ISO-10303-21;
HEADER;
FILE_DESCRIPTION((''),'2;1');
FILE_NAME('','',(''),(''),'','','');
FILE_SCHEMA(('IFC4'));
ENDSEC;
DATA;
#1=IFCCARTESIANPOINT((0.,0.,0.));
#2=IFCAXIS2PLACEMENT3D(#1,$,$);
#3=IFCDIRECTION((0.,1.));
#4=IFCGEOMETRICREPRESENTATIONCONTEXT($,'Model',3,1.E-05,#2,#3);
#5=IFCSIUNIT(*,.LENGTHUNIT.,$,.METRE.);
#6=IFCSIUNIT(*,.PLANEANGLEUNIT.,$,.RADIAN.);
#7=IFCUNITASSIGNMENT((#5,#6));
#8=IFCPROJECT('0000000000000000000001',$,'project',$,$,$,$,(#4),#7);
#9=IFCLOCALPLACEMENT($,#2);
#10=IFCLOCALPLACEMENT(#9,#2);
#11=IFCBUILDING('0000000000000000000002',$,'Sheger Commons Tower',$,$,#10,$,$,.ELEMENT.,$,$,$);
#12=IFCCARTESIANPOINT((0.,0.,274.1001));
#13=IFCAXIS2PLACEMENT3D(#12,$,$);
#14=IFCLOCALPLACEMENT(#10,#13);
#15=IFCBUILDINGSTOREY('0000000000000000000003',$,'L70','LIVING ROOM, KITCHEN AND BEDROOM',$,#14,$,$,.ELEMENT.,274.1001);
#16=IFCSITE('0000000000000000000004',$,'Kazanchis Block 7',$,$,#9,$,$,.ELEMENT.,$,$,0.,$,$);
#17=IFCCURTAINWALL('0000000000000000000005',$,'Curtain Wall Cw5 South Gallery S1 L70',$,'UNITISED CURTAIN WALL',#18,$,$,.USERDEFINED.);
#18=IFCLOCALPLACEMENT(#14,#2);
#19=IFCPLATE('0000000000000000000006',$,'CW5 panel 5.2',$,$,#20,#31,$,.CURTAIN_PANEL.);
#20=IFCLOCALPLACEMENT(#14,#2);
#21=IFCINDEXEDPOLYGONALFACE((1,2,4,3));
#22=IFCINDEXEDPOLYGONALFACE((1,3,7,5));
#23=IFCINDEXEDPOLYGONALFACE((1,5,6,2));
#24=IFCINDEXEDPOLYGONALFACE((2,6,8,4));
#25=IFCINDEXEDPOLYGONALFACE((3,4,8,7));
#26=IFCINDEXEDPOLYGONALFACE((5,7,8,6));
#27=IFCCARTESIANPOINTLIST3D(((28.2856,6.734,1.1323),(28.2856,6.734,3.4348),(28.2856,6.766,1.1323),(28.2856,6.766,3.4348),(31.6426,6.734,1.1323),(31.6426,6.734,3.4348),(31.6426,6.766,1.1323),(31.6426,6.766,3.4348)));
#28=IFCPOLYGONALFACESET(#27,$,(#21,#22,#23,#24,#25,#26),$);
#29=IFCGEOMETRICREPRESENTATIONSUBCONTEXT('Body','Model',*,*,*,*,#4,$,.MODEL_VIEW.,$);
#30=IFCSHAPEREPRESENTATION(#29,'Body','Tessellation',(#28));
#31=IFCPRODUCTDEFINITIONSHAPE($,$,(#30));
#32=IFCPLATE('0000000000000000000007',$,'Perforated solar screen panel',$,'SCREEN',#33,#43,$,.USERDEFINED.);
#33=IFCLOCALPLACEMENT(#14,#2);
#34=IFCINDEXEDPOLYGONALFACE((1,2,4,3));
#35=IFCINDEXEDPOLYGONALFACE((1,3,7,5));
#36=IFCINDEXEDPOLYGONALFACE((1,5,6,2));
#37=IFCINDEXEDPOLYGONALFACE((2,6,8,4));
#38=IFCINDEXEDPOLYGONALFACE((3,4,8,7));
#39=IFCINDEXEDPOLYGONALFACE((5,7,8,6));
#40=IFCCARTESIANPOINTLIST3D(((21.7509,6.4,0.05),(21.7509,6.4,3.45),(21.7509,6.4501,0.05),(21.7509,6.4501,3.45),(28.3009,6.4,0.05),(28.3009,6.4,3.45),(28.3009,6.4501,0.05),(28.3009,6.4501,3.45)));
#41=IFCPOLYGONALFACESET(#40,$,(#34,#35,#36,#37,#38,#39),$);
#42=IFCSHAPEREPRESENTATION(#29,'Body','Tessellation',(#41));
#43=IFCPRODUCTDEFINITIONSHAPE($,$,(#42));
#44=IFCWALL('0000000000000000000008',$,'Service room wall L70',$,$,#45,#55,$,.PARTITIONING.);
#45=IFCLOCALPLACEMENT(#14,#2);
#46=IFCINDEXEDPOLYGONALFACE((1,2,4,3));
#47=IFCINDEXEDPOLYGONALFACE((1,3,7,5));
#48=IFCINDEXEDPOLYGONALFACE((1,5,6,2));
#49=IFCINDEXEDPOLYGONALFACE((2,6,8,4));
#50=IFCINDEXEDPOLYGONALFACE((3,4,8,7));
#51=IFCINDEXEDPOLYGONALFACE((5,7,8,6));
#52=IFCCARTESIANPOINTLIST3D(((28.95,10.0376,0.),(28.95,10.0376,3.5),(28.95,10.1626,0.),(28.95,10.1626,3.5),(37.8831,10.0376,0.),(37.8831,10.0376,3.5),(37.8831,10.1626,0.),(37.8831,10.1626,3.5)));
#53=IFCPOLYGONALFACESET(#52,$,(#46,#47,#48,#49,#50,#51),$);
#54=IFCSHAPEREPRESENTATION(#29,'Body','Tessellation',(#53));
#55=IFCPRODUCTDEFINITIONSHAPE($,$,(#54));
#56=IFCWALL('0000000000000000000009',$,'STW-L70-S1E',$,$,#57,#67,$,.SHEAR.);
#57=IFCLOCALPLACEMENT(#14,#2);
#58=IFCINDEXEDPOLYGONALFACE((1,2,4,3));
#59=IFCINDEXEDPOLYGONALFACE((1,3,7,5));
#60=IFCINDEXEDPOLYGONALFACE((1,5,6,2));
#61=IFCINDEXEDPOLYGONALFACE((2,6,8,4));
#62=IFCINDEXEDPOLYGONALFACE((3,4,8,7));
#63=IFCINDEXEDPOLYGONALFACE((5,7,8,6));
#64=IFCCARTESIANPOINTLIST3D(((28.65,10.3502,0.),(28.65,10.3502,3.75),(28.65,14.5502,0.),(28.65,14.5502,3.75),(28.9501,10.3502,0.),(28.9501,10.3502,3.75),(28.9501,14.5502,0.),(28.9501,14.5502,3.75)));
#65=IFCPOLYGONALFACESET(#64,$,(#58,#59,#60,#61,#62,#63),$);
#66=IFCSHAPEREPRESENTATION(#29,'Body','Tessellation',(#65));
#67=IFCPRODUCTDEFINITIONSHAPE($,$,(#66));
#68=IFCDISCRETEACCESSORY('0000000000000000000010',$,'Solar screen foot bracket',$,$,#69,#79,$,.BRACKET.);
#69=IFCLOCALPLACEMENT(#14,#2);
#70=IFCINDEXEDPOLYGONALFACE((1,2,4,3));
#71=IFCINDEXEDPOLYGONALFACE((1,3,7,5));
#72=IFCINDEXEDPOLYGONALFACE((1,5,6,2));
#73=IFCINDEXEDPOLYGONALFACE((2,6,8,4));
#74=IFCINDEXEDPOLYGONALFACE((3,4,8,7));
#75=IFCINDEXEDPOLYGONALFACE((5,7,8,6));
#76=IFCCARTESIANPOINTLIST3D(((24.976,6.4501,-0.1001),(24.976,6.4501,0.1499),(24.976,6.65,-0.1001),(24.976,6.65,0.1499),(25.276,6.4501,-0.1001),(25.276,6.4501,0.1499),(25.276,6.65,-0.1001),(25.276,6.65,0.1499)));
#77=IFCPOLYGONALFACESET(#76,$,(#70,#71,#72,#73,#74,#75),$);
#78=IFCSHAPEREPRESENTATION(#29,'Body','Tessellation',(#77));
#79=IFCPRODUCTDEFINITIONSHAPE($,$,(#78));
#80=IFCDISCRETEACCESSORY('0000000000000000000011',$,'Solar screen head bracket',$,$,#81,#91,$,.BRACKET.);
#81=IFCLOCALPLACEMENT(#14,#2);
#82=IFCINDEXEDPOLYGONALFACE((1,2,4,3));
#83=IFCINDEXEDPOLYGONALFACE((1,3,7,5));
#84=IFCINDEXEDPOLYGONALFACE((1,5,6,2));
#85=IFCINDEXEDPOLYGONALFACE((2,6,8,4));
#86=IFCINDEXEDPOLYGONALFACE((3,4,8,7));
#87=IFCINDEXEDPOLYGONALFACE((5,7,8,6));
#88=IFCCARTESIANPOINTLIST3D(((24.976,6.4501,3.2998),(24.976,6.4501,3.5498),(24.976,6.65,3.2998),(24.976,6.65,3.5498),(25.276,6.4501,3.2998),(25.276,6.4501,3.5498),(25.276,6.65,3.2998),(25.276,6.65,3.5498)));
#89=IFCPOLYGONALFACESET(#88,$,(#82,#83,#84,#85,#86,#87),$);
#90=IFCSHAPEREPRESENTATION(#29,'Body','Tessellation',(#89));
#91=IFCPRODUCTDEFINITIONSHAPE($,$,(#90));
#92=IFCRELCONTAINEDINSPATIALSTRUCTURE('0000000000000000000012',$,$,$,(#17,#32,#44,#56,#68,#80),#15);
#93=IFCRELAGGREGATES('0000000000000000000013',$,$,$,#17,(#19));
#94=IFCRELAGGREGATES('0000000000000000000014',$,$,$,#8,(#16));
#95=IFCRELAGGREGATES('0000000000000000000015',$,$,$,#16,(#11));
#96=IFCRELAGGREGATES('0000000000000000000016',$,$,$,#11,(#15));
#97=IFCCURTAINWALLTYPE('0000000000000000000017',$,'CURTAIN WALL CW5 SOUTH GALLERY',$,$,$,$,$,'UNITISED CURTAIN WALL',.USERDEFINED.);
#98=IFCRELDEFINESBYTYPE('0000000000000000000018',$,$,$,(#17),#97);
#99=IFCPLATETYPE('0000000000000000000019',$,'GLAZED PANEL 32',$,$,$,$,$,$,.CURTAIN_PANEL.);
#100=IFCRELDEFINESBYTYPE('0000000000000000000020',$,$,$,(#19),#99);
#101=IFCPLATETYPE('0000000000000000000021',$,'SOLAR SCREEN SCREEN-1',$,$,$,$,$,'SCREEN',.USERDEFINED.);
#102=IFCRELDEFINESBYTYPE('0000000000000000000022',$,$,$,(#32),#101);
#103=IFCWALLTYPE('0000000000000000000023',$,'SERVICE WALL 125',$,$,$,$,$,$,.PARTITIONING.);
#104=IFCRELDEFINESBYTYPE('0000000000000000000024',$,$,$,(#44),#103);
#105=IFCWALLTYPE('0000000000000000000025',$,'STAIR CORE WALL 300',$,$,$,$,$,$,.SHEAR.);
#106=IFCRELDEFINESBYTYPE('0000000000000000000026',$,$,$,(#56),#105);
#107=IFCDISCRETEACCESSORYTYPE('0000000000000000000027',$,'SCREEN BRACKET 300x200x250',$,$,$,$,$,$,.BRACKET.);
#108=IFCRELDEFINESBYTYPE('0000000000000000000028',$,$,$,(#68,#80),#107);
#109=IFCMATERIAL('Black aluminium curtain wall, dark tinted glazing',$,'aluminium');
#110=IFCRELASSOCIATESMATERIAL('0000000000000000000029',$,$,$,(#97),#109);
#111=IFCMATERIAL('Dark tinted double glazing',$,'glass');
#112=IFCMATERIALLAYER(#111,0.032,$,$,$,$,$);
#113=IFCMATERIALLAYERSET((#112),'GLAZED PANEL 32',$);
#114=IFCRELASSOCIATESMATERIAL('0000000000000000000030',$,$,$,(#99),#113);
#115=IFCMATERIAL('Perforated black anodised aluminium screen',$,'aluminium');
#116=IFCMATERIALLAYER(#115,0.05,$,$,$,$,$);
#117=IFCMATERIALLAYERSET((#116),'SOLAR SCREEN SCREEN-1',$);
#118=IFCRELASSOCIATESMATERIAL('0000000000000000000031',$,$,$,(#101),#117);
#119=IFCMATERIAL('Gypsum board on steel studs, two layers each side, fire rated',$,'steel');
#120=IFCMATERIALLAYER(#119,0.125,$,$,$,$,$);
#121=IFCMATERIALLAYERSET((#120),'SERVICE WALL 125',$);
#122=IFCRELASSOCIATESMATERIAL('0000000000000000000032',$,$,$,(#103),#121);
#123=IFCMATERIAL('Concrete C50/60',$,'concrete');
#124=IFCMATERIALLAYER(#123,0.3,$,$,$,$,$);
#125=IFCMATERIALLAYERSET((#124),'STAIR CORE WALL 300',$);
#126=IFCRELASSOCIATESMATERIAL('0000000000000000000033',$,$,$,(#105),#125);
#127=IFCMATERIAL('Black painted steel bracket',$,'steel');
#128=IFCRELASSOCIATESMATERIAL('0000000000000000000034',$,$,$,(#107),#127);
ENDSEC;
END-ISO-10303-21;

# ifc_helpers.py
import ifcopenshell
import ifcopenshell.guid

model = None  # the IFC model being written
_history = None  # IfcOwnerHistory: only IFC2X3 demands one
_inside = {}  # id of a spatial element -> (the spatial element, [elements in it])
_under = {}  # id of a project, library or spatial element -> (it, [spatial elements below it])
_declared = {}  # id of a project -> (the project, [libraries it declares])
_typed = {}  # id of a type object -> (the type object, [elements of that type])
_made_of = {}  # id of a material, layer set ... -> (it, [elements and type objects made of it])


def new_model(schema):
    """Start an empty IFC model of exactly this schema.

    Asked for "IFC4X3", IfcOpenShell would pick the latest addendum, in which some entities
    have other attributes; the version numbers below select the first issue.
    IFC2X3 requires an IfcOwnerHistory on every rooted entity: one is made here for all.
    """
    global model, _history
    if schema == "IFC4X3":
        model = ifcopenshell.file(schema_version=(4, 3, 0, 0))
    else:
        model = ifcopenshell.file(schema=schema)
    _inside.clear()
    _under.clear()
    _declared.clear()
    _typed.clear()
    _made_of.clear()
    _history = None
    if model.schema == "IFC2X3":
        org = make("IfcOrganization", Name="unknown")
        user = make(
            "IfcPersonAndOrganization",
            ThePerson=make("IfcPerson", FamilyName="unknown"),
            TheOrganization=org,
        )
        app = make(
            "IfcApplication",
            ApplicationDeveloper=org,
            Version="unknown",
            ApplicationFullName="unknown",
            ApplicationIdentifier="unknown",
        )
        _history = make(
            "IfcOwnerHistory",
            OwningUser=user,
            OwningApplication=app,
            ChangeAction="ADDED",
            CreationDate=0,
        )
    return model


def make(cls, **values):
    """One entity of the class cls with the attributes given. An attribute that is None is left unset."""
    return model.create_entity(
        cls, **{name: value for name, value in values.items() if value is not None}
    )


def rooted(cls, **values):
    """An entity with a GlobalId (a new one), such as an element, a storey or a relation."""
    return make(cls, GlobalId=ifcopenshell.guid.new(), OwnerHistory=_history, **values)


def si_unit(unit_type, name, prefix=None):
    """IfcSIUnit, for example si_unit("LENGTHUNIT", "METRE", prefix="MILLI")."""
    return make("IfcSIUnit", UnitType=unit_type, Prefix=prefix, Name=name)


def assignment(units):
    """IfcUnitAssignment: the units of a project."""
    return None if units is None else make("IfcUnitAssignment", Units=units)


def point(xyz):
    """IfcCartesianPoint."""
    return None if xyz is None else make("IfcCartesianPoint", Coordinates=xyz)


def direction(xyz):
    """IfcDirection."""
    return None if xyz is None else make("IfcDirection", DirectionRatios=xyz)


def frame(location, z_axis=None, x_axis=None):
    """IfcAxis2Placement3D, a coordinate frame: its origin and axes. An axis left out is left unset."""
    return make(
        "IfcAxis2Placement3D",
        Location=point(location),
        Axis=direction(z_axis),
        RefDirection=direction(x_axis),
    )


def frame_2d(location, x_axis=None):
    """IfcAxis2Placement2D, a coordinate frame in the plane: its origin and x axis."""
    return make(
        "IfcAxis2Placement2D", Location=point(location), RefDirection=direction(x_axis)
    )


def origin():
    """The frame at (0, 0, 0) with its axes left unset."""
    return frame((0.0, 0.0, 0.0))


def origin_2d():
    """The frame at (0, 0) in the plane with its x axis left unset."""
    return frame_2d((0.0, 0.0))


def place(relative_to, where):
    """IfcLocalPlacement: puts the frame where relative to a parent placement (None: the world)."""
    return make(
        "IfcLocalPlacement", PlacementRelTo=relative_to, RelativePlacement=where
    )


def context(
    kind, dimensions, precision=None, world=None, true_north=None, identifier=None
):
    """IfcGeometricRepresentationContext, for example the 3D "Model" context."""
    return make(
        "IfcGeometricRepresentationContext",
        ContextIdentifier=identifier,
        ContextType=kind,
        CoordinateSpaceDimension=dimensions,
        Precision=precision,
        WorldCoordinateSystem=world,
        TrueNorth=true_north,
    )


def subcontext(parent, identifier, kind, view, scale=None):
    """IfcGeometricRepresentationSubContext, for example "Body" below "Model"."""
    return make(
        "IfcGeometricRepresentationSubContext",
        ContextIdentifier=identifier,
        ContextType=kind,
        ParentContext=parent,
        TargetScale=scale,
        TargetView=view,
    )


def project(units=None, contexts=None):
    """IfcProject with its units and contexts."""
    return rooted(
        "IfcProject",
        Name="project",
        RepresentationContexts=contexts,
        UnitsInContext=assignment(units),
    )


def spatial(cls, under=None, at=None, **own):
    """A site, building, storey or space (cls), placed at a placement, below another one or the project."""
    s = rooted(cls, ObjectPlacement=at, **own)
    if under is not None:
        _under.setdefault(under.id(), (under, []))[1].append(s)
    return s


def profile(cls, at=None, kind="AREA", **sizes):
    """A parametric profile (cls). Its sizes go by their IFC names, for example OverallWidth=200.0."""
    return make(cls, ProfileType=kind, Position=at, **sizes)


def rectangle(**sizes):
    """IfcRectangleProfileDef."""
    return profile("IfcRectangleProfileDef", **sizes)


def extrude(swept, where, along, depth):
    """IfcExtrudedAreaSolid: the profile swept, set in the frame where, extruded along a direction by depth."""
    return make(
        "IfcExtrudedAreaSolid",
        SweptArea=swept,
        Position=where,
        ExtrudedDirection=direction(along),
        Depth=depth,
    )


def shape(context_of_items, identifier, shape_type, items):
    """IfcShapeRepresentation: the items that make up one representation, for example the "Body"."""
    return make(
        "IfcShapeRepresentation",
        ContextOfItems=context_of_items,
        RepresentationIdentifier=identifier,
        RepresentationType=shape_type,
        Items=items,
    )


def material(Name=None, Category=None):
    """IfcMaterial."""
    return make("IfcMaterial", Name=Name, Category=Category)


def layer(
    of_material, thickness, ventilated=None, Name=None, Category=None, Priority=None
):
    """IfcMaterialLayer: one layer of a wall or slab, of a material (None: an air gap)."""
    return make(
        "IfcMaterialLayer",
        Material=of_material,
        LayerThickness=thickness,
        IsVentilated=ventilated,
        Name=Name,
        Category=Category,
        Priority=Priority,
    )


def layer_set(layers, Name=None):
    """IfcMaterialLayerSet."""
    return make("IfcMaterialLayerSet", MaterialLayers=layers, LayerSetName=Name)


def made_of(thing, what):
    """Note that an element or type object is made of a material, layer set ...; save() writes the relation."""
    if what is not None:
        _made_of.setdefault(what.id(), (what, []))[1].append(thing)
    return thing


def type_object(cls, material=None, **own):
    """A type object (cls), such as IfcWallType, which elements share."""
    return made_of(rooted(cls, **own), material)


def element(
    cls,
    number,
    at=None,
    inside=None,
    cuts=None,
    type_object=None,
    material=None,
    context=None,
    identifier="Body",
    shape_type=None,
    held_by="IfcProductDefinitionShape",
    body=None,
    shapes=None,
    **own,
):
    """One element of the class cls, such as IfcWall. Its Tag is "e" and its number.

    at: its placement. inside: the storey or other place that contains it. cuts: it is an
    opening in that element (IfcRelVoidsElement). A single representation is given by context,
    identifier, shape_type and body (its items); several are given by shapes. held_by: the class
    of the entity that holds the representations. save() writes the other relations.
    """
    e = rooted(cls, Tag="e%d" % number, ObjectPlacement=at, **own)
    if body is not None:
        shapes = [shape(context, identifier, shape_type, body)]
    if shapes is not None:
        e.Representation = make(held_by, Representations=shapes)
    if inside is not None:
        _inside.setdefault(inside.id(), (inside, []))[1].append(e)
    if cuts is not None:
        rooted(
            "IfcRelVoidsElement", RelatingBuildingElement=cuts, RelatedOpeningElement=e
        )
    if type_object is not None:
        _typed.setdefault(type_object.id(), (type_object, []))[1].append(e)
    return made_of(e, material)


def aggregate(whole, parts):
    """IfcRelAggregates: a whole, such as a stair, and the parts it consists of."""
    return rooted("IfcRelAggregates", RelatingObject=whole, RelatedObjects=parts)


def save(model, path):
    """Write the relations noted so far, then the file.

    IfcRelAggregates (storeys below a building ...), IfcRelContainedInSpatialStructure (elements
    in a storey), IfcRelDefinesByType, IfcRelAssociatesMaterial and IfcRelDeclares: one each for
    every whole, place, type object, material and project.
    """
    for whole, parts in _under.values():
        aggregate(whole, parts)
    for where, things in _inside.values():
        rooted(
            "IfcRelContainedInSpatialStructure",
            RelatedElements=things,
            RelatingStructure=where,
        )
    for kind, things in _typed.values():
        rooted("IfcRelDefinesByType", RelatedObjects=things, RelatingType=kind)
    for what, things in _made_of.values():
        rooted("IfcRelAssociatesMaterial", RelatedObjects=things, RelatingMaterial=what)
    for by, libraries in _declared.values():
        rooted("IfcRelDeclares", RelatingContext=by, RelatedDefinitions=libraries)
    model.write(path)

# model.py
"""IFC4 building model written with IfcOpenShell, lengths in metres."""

from ifc_helpers import new_model, si_unit, direction, frame, frame_2d, origin, origin_2d, place, context, subcontext, project, spatial, rectangle, extrude, material, layer, layer_set, type_object, element, aggregate, save


model = new_model("IFC4")

# Units and contexts
model_context = context("Model", 3, precision=1e-05, world=origin(), true_north=direction((0.0, 1.0)))
body_context = subcontext(model_context, "Body", "Model", "MODEL_VIEW")
ifc_project = project(units=[si_unit("LENGTHUNIT", "METRE"), si_unit("PLANEANGLEUNIT", "RADIAN")], contexts=[model_context])

# Site, building, storey
site_placement = place(None, origin())
site = spatial("IfcSite", under=ifc_project, at=site_placement, Name="Kazanchis Block 7", CompositionType="ELEMENT", RefElevation=0.0)
building_placement = place(site_placement, origin())
building = spatial("IfcBuilding", under=site, at=building_placement, Name="Sheger Commons Tower", CompositionType="ELEMENT")
storey_placement = place(building_placement, frame((0.0, 0.0, 274.1001)))
storey = spatial("IfcBuildingStorey", under=building, at=storey_placement, Name="L70", Description="LIVING ROOM, KITCHEN AND BEDROOM", CompositionType="ELEMENT", Elevation=274.1001)

# Curtain wall
ifc_material_1 = material(Name="Black aluminium curtain wall, dark tinted glazing", Category="aluminium")
curtain_wall_type = type_object("IfcCurtainWallType", Name="CURTAIN WALL CW5 SOUTH GALLERY", ElementType="UNITISED CURTAIN WALL", PredefinedType="USERDEFINED", material=ifc_material_1)
curtain_wall_placement = place(storey_placement, origin())
curtain_wall = element("IfcCurtainWall", 1, at=curtain_wall_placement, inside=storey, type_object=curtain_wall_type, Name="Curtain Wall Cw5 South Gallery S1 L70", ObjectType="UNITISED CURTAIN WALL", PredefinedType="USERDEFINED")

# Plates
ifc_material_2 = material(Name="Dark tinted double glazing", Category="glass")
ifc_layer_1 = layer(ifc_material_2, 0.032)
ifc_layer_set_1 = layer_set([ifc_layer_1], Name="GLAZED PANEL 32")
plate_type_1 = type_object("IfcPlateType", Name="GLAZED PANEL 32", PredefinedType="CURTAIN_PANEL", material=ifc_layer_set_1)
plate_1_placement = place(storey_placement, frame((29.9641, 6.75, 1.1323), z_axis=(0.0, 0.0, 1.0), x_axis=(1.0, 0.0, 0.0)))
plate_1 = element("IfcPlate", 2, at=plate_1_placement, type_object=plate_type_1, Name="CW5 panel 5.2", PredefinedType="CURTAIN_PANEL", context=body_context, shape_type="SweptSolid", body=[
    extrude(rectangle(XDim=3.3569, YDim=0.032, at=origin_2d()), origin(), (0.0, 0.0, 1.0), 2.3025),
])
aggregate(curtain_wall, [plate_1])
ifc_material_3 = material(Name="Perforated black anodised aluminium screen", Category="aluminium")
ifc_layer_2 = layer(ifc_material_3, 0.05)
ifc_layer_set_2 = layer_set([ifc_layer_2], Name="SOLAR SCREEN SCREEN-1")
plate_type_2 = type_object("IfcPlateType", Name="SOLAR SCREEN SCREEN-1", ElementType="SCREEN", PredefinedType="USERDEFINED", material=ifc_layer_set_2)
plate_2_placement = place(storey_placement, frame((25.0259, 6.425, 0.05), z_axis=(0.0, 0.0, 1.0), x_axis=(1.0, 0.0, 0.0)))
element("IfcPlate", 3, at=plate_2_placement, inside=storey, type_object=plate_type_2, Name="Perforated solar screen panel", ObjectType="SCREEN", PredefinedType="USERDEFINED", context=body_context, shape_type="SweptSolid", body=[
    extrude(rectangle(XDim=6.55, YDim=0.05, at=origin_2d()), origin(), (0.0, 0.0, 1.0), 3.3999),
])

# Walls
ifc_material_4 = material(Name="Gypsum board on steel studs, two layers each side, fire rated", Category="steel")
ifc_layer_3 = layer(ifc_material_4, 0.125)
ifc_layer_set_3 = layer_set([ifc_layer_3], Name="SERVICE WALL 125")
wall_type_1 = type_object("IfcWallType", Name="SERVICE WALL 125", PredefinedType="PARTITIONING", material=ifc_layer_set_3)
wall_1_placement = place(storey_placement, frame((28.95, 10.1001, 0.0), z_axis=(0.0, 0.0, 1.0), x_axis=(1.0, 0.0, 0.0)))
element("IfcWall", 4, at=wall_1_placement, inside=storey, type_object=wall_type_1, Name="Service room wall L70", PredefinedType="PARTITIONING", context=body_context, shape_type="SweptSolid", body=[
    extrude(rectangle(XDim=8.9331, YDim=0.125, at=frame_2d((4.4666, 0.0))), origin(), (0.0, 0.0, 1.0), 3.5),
])
ifc_material_5 = material(Name="Concrete C50/60", Category="concrete")
ifc_layer_4 = layer(ifc_material_5, 0.3)
ifc_layer_set_4 = layer_set([ifc_layer_4], Name="STAIR CORE WALL 300")
wall_type_2 = type_object("IfcWallType", Name="STAIR CORE WALL 300", PredefinedType="SHEAR", material=ifc_layer_set_4)
wall_2_placement = place(storey_placement, frame((28.8, 10.3501, 0.0), z_axis=(0.0, 0.0, 1.0), x_axis=(0.0, 1.0, 0.0)))
element("IfcWall", 5, at=wall_2_placement, inside=storey, type_object=wall_type_2, Name="STW-L70-S1E", PredefinedType="SHEAR", context=body_context, shape_type="SweptSolid", body=[
    extrude(rectangle(XDim=4.2, YDim=0.3, at=frame_2d((2.1001, 0.0))), origin(), (0.0, 0.0, 1.0), 3.75),
])

# Discrete accessories
ifc_material_6 = material(Name="Black painted steel bracket", Category="steel")
discrete_accessory_type = type_object("IfcDiscreteAccessoryType", Name="SCREEN BRACKET 300x200x250", PredefinedType="BRACKET", material=ifc_material_6)
for number, where, z_axis, x_axis, name in (
    (6, (25.126, 6.55, -0.1001), (0.0, 0.0, 1.0), (1.0, 0.0, 0.0), "Solar screen foot bracket"),
    (7, (25.126, 6.55, 3.2998), (0.0, 0.0, 1.0), (1.0, 0.0, 0.0), "Solar screen head bracket"),
):
    element("IfcDiscreteAccessory", number, at=place(storey_placement, frame(where, z_axis=z_axis, x_axis=x_axis)), inside=storey, type_object=discrete_accessory_type, Name=name, PredefinedType="BRACKET", context=body_context, shape_type="SweptSolid", body=[
        extrude(rectangle(XDim=0.3, YDim=0.2, at=origin_2d()), origin(), (0.0, 0.0, 1.0), 0.25),
    ])

save(model, "model.ifc")
